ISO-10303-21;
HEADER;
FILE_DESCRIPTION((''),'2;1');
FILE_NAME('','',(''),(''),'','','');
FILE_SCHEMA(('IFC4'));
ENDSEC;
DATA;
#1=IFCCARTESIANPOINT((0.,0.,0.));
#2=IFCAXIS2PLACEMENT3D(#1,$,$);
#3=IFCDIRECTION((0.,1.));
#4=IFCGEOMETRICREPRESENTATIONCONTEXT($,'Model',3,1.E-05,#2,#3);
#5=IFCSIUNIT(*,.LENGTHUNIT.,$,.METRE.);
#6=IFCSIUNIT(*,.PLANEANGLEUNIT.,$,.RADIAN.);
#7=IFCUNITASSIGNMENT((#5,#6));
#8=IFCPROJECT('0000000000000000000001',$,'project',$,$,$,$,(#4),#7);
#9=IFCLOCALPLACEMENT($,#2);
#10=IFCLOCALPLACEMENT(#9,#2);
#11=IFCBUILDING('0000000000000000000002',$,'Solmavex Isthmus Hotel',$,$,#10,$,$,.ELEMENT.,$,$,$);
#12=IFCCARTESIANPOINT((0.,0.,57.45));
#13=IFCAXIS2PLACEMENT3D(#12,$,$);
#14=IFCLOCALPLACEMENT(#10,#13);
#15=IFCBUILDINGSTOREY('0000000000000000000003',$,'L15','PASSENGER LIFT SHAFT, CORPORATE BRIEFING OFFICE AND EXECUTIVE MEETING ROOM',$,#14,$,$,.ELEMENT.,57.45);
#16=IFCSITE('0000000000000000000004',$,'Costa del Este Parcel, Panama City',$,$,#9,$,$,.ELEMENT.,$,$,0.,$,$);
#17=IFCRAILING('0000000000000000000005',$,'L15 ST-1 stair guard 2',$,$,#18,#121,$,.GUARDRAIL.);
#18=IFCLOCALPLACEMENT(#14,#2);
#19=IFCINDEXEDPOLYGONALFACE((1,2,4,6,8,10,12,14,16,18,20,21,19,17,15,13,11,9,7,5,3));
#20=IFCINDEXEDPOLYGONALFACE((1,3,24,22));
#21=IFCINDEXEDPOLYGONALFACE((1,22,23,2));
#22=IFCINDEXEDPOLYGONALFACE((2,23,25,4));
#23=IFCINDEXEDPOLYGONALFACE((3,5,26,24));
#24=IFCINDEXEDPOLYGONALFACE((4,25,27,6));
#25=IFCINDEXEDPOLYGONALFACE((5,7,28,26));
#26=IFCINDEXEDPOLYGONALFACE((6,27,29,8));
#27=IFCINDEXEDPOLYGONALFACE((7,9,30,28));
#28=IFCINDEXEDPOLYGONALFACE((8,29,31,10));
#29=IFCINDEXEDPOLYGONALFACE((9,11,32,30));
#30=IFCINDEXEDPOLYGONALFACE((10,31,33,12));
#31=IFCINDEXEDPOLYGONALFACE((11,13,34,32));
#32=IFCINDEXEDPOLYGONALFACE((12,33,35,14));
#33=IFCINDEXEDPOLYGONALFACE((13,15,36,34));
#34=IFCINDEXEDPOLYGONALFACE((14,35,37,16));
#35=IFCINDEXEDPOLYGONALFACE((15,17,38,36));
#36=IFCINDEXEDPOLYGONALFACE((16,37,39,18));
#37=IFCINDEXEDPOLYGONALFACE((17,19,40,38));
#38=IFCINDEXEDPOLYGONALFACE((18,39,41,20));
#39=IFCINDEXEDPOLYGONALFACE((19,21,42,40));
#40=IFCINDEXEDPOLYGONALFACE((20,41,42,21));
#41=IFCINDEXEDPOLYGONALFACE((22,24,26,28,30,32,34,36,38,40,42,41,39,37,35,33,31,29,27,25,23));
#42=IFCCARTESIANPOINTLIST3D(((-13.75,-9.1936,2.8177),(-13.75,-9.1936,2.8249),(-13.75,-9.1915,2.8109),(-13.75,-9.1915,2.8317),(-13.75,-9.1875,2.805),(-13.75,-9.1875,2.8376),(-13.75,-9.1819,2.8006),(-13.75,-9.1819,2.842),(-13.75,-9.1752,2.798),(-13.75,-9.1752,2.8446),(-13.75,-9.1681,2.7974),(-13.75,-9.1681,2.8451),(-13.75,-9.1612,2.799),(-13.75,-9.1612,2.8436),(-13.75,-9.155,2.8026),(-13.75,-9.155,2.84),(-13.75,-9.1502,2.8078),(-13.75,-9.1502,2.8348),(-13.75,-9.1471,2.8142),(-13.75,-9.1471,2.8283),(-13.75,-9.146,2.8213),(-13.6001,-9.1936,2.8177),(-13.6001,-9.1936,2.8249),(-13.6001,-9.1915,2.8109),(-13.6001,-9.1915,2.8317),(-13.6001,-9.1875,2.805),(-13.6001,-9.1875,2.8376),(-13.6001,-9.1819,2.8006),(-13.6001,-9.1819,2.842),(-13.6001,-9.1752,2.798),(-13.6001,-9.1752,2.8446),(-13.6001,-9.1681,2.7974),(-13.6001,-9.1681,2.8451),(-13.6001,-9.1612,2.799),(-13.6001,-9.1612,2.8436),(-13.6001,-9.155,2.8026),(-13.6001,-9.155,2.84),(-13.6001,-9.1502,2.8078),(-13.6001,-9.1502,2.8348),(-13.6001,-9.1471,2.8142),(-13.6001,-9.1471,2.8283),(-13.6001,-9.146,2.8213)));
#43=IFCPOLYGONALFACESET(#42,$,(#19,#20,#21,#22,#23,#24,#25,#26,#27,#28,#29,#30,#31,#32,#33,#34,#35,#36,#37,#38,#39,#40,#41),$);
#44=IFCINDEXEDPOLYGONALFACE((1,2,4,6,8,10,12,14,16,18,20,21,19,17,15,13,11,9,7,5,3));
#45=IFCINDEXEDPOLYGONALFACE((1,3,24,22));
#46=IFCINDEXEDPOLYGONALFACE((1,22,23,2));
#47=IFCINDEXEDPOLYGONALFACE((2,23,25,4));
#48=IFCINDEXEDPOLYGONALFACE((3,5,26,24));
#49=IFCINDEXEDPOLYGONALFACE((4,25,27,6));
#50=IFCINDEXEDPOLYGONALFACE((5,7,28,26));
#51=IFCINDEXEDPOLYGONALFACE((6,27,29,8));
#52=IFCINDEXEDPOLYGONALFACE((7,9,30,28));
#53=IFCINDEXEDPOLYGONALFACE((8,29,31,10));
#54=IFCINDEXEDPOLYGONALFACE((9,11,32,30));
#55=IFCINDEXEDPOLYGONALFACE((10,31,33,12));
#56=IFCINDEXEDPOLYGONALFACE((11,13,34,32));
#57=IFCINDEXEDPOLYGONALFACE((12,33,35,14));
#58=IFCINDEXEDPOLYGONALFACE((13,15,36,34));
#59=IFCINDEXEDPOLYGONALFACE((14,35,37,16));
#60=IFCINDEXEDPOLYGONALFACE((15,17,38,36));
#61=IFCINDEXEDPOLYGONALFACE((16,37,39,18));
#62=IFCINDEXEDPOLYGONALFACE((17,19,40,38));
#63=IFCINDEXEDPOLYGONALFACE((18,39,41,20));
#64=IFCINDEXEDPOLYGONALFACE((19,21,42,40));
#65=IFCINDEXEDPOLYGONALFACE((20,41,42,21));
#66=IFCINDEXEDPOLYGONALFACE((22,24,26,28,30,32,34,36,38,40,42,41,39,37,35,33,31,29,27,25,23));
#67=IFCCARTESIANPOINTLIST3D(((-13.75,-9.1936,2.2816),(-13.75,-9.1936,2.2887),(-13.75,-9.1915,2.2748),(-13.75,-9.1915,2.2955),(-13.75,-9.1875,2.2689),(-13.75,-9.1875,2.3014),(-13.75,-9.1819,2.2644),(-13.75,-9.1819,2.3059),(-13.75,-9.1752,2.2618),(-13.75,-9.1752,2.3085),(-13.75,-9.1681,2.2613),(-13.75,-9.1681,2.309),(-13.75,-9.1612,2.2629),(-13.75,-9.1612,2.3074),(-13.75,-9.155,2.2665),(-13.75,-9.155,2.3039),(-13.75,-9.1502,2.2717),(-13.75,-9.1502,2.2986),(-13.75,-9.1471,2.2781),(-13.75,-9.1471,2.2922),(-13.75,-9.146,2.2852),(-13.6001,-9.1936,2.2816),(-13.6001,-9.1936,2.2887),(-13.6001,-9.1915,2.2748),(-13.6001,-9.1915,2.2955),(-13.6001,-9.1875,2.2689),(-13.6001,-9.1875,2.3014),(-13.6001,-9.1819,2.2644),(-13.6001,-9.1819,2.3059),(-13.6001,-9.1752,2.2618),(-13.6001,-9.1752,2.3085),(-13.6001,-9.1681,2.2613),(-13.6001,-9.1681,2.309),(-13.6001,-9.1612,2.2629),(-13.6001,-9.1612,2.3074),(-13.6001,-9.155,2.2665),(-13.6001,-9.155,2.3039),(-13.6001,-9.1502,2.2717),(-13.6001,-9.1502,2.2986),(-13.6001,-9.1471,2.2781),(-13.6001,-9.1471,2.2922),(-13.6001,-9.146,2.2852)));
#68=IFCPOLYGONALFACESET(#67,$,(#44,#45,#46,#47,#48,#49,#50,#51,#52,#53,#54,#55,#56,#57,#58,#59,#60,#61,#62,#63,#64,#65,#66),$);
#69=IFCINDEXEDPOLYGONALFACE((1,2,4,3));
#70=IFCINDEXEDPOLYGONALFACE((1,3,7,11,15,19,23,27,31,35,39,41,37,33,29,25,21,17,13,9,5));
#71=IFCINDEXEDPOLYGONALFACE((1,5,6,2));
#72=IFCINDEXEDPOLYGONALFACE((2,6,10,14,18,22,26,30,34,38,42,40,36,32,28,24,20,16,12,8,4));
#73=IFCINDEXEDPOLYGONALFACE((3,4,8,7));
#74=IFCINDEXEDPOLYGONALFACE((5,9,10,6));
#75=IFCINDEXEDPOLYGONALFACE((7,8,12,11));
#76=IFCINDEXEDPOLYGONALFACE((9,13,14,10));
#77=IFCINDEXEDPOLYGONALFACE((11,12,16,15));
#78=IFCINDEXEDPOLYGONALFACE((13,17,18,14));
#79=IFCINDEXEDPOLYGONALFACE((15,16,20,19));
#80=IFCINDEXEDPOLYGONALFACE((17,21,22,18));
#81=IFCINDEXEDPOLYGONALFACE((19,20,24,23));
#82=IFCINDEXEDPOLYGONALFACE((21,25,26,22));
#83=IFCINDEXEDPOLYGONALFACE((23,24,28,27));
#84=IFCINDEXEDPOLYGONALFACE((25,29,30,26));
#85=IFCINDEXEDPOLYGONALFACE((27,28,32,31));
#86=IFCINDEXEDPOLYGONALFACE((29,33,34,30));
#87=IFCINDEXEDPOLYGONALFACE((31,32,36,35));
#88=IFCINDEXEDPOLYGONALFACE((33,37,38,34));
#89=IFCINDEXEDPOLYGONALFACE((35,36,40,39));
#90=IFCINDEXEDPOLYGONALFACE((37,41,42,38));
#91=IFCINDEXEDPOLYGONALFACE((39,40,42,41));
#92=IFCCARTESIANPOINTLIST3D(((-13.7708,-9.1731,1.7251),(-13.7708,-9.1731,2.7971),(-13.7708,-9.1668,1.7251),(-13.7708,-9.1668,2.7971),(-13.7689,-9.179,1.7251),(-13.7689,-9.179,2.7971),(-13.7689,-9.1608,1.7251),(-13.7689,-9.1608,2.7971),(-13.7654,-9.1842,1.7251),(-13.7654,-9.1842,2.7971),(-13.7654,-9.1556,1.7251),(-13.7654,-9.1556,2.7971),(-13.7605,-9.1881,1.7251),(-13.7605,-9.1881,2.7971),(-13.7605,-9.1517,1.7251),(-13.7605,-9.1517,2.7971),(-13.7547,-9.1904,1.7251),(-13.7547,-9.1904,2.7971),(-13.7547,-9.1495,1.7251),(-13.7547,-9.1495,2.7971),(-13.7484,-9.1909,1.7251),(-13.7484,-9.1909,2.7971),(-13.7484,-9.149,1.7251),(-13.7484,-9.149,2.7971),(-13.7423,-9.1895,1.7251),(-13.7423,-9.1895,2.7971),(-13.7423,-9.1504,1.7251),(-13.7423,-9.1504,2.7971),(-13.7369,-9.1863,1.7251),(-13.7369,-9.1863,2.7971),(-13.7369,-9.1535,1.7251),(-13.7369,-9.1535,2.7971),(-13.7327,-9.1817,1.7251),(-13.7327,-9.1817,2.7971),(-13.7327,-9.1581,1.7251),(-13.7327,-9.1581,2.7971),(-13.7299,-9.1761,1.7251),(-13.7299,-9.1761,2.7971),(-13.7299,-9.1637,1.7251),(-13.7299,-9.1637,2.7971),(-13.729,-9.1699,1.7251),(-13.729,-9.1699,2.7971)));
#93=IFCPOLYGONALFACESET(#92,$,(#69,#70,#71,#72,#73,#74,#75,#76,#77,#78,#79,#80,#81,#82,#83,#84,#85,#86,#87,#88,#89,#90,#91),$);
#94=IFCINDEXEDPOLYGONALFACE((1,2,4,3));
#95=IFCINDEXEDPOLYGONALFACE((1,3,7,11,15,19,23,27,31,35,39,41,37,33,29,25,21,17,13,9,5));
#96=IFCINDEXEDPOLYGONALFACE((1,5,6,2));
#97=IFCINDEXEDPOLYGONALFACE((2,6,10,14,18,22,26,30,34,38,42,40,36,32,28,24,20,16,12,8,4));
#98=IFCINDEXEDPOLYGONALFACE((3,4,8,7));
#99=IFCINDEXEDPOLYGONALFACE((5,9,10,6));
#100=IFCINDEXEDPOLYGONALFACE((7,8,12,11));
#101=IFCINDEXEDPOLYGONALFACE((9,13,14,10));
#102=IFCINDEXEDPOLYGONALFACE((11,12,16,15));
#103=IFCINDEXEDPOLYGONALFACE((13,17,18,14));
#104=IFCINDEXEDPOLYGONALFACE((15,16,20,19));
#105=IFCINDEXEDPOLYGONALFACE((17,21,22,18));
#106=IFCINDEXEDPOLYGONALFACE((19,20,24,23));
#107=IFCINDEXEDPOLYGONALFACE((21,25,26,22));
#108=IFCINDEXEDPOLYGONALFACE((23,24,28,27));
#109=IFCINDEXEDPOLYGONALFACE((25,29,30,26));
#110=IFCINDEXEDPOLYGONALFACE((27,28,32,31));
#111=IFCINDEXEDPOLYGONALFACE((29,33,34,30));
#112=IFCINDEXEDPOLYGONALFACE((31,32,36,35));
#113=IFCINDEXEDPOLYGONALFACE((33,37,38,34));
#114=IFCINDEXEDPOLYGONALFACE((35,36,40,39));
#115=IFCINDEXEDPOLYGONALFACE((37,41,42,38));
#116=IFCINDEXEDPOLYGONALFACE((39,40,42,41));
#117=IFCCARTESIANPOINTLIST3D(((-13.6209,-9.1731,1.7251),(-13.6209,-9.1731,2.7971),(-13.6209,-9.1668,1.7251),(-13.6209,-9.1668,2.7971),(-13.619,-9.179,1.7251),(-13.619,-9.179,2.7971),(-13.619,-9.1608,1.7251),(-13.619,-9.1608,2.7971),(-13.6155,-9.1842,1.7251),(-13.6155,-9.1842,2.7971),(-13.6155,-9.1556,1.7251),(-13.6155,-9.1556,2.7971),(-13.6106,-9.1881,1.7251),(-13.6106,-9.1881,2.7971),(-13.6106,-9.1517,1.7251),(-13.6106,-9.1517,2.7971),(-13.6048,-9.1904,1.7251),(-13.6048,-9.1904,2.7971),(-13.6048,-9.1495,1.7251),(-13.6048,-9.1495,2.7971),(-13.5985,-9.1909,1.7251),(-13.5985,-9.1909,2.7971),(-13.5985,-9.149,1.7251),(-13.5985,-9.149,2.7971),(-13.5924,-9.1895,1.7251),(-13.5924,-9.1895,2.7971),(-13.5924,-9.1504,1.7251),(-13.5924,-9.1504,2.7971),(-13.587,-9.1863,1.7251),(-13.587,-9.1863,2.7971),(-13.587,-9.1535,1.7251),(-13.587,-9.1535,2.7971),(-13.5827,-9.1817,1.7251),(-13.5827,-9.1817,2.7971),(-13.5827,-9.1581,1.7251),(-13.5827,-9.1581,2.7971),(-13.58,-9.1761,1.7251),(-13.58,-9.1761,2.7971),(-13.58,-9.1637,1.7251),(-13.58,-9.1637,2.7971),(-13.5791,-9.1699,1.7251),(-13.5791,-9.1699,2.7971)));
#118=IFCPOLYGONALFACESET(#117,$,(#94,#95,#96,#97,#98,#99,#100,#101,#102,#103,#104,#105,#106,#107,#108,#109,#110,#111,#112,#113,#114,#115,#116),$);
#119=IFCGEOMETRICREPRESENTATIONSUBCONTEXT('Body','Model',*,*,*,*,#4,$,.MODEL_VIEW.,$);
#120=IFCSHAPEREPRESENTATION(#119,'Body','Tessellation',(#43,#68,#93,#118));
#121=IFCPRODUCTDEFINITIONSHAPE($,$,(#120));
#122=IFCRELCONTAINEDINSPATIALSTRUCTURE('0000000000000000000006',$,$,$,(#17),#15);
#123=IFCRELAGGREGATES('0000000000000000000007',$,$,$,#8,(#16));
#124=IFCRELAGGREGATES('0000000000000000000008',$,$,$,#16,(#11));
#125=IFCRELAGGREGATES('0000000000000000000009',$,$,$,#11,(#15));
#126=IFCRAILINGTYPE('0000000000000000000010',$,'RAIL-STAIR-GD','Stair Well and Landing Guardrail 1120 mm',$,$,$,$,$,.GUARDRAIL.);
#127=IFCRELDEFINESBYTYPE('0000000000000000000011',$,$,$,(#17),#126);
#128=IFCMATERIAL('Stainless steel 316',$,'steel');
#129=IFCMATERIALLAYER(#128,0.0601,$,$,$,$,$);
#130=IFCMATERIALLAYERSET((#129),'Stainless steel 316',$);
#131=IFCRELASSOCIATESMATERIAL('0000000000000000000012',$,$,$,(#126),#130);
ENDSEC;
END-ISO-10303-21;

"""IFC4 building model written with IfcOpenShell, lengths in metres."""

from ifc_helpers import new_model, si_unit, direction, frame, origin, origin_2d, place, context, subcontext, project, spatial, circle, extrude, material, layer, layer_set, type_object, element, save


model = new_model("IFC4")

# Units and contexts
model_context = context("Model", 3, precision=1e-05, world=origin(), true_north=direction((0.0, 1.0)))
body_context = subcontext(model_context, "Body", "Model", "MODEL_VIEW")
ifc_project = project(units=[si_unit("LENGTHUNIT", "METRE"), si_unit("PLANEANGLEUNIT", "RADIAN")], contexts=[model_context])

# Site, building, storey
site_placement = place(None, origin())
site = spatial("IfcSite", under=ifc_project, at=site_placement, Name="Costa del Este Parcel, Panama City", CompositionType="ELEMENT", RefElevation=0.0)
building_placement = place(site_placement, origin())
building = spatial("IfcBuilding", under=site, at=building_placement, Name="Solmavex Isthmus Hotel", CompositionType="ELEMENT")
storey_placement = place(building_placement, frame((0.0, 0.0, 57.45)))
storey = spatial("IfcBuildingStorey", under=building, at=storey_placement, Name="L15", Description="PASSENGER LIFT SHAFT, CORPORATE BRIEFING OFFICE AND EXECUTIVE MEETING ROOM", CompositionType="ELEMENT", Elevation=57.45)

# Shared definitions
ifc_material_1 = material(Name="Stainless steel 316", Category="steel")

# Railing
ifc_layer_1 = layer(ifc_material_1, 0.0601)
ifc_layer_set_1 = layer_set([ifc_layer_1], Name="Stainless steel 316")
railing_type_1 = type_object("IfcRailingType", Name="RAIL-STAIR-GD", Description="Stair Well and Landing Guardrail 1120 mm", PredefinedType="GUARDRAIL", material=ifc_layer_set_1)
railing_1_placement = place(storey_placement, frame((-13.75, -9.1699, 1.7251)))
element("IfcRailing", 1, at=railing_1_placement, inside=storey, type_object=railing_type_1, Name="L15 ST-1 stair guard 2", PredefinedType="GUARDRAIL", context=body_context, shape_type="SweptSolid", body=[
    extrude(circle(Radius=0.0239, at=origin_2d()), frame((0.0, 0.0, 1.0962), z_axis=(1.0, 0.0, 0.0), x_axis=(0.0, 1.0, 0.0)), (0.0, 0.0, 1.0), 0.1499),
    extrude(circle(Radius=0.0239, at=origin_2d()), frame((0.0, 0.0, 0.5601), z_axis=(1.0, 0.0, 0.0), x_axis=(0.0, 1.0, 0.0)), (0.0, 0.0, 1.0), 0.1499),
    extrude(circle(Radius=0.021, at=origin_2d()), origin(), (0.0, 0.0, 1.0), 1.072),
    extrude(circle(Radius=0.021, at=origin_2d()), frame((0.1499, 0.0, 0.0)), (0.0, 0.0, 1.0), 1.072),
])

save(model, "model.ifc")
